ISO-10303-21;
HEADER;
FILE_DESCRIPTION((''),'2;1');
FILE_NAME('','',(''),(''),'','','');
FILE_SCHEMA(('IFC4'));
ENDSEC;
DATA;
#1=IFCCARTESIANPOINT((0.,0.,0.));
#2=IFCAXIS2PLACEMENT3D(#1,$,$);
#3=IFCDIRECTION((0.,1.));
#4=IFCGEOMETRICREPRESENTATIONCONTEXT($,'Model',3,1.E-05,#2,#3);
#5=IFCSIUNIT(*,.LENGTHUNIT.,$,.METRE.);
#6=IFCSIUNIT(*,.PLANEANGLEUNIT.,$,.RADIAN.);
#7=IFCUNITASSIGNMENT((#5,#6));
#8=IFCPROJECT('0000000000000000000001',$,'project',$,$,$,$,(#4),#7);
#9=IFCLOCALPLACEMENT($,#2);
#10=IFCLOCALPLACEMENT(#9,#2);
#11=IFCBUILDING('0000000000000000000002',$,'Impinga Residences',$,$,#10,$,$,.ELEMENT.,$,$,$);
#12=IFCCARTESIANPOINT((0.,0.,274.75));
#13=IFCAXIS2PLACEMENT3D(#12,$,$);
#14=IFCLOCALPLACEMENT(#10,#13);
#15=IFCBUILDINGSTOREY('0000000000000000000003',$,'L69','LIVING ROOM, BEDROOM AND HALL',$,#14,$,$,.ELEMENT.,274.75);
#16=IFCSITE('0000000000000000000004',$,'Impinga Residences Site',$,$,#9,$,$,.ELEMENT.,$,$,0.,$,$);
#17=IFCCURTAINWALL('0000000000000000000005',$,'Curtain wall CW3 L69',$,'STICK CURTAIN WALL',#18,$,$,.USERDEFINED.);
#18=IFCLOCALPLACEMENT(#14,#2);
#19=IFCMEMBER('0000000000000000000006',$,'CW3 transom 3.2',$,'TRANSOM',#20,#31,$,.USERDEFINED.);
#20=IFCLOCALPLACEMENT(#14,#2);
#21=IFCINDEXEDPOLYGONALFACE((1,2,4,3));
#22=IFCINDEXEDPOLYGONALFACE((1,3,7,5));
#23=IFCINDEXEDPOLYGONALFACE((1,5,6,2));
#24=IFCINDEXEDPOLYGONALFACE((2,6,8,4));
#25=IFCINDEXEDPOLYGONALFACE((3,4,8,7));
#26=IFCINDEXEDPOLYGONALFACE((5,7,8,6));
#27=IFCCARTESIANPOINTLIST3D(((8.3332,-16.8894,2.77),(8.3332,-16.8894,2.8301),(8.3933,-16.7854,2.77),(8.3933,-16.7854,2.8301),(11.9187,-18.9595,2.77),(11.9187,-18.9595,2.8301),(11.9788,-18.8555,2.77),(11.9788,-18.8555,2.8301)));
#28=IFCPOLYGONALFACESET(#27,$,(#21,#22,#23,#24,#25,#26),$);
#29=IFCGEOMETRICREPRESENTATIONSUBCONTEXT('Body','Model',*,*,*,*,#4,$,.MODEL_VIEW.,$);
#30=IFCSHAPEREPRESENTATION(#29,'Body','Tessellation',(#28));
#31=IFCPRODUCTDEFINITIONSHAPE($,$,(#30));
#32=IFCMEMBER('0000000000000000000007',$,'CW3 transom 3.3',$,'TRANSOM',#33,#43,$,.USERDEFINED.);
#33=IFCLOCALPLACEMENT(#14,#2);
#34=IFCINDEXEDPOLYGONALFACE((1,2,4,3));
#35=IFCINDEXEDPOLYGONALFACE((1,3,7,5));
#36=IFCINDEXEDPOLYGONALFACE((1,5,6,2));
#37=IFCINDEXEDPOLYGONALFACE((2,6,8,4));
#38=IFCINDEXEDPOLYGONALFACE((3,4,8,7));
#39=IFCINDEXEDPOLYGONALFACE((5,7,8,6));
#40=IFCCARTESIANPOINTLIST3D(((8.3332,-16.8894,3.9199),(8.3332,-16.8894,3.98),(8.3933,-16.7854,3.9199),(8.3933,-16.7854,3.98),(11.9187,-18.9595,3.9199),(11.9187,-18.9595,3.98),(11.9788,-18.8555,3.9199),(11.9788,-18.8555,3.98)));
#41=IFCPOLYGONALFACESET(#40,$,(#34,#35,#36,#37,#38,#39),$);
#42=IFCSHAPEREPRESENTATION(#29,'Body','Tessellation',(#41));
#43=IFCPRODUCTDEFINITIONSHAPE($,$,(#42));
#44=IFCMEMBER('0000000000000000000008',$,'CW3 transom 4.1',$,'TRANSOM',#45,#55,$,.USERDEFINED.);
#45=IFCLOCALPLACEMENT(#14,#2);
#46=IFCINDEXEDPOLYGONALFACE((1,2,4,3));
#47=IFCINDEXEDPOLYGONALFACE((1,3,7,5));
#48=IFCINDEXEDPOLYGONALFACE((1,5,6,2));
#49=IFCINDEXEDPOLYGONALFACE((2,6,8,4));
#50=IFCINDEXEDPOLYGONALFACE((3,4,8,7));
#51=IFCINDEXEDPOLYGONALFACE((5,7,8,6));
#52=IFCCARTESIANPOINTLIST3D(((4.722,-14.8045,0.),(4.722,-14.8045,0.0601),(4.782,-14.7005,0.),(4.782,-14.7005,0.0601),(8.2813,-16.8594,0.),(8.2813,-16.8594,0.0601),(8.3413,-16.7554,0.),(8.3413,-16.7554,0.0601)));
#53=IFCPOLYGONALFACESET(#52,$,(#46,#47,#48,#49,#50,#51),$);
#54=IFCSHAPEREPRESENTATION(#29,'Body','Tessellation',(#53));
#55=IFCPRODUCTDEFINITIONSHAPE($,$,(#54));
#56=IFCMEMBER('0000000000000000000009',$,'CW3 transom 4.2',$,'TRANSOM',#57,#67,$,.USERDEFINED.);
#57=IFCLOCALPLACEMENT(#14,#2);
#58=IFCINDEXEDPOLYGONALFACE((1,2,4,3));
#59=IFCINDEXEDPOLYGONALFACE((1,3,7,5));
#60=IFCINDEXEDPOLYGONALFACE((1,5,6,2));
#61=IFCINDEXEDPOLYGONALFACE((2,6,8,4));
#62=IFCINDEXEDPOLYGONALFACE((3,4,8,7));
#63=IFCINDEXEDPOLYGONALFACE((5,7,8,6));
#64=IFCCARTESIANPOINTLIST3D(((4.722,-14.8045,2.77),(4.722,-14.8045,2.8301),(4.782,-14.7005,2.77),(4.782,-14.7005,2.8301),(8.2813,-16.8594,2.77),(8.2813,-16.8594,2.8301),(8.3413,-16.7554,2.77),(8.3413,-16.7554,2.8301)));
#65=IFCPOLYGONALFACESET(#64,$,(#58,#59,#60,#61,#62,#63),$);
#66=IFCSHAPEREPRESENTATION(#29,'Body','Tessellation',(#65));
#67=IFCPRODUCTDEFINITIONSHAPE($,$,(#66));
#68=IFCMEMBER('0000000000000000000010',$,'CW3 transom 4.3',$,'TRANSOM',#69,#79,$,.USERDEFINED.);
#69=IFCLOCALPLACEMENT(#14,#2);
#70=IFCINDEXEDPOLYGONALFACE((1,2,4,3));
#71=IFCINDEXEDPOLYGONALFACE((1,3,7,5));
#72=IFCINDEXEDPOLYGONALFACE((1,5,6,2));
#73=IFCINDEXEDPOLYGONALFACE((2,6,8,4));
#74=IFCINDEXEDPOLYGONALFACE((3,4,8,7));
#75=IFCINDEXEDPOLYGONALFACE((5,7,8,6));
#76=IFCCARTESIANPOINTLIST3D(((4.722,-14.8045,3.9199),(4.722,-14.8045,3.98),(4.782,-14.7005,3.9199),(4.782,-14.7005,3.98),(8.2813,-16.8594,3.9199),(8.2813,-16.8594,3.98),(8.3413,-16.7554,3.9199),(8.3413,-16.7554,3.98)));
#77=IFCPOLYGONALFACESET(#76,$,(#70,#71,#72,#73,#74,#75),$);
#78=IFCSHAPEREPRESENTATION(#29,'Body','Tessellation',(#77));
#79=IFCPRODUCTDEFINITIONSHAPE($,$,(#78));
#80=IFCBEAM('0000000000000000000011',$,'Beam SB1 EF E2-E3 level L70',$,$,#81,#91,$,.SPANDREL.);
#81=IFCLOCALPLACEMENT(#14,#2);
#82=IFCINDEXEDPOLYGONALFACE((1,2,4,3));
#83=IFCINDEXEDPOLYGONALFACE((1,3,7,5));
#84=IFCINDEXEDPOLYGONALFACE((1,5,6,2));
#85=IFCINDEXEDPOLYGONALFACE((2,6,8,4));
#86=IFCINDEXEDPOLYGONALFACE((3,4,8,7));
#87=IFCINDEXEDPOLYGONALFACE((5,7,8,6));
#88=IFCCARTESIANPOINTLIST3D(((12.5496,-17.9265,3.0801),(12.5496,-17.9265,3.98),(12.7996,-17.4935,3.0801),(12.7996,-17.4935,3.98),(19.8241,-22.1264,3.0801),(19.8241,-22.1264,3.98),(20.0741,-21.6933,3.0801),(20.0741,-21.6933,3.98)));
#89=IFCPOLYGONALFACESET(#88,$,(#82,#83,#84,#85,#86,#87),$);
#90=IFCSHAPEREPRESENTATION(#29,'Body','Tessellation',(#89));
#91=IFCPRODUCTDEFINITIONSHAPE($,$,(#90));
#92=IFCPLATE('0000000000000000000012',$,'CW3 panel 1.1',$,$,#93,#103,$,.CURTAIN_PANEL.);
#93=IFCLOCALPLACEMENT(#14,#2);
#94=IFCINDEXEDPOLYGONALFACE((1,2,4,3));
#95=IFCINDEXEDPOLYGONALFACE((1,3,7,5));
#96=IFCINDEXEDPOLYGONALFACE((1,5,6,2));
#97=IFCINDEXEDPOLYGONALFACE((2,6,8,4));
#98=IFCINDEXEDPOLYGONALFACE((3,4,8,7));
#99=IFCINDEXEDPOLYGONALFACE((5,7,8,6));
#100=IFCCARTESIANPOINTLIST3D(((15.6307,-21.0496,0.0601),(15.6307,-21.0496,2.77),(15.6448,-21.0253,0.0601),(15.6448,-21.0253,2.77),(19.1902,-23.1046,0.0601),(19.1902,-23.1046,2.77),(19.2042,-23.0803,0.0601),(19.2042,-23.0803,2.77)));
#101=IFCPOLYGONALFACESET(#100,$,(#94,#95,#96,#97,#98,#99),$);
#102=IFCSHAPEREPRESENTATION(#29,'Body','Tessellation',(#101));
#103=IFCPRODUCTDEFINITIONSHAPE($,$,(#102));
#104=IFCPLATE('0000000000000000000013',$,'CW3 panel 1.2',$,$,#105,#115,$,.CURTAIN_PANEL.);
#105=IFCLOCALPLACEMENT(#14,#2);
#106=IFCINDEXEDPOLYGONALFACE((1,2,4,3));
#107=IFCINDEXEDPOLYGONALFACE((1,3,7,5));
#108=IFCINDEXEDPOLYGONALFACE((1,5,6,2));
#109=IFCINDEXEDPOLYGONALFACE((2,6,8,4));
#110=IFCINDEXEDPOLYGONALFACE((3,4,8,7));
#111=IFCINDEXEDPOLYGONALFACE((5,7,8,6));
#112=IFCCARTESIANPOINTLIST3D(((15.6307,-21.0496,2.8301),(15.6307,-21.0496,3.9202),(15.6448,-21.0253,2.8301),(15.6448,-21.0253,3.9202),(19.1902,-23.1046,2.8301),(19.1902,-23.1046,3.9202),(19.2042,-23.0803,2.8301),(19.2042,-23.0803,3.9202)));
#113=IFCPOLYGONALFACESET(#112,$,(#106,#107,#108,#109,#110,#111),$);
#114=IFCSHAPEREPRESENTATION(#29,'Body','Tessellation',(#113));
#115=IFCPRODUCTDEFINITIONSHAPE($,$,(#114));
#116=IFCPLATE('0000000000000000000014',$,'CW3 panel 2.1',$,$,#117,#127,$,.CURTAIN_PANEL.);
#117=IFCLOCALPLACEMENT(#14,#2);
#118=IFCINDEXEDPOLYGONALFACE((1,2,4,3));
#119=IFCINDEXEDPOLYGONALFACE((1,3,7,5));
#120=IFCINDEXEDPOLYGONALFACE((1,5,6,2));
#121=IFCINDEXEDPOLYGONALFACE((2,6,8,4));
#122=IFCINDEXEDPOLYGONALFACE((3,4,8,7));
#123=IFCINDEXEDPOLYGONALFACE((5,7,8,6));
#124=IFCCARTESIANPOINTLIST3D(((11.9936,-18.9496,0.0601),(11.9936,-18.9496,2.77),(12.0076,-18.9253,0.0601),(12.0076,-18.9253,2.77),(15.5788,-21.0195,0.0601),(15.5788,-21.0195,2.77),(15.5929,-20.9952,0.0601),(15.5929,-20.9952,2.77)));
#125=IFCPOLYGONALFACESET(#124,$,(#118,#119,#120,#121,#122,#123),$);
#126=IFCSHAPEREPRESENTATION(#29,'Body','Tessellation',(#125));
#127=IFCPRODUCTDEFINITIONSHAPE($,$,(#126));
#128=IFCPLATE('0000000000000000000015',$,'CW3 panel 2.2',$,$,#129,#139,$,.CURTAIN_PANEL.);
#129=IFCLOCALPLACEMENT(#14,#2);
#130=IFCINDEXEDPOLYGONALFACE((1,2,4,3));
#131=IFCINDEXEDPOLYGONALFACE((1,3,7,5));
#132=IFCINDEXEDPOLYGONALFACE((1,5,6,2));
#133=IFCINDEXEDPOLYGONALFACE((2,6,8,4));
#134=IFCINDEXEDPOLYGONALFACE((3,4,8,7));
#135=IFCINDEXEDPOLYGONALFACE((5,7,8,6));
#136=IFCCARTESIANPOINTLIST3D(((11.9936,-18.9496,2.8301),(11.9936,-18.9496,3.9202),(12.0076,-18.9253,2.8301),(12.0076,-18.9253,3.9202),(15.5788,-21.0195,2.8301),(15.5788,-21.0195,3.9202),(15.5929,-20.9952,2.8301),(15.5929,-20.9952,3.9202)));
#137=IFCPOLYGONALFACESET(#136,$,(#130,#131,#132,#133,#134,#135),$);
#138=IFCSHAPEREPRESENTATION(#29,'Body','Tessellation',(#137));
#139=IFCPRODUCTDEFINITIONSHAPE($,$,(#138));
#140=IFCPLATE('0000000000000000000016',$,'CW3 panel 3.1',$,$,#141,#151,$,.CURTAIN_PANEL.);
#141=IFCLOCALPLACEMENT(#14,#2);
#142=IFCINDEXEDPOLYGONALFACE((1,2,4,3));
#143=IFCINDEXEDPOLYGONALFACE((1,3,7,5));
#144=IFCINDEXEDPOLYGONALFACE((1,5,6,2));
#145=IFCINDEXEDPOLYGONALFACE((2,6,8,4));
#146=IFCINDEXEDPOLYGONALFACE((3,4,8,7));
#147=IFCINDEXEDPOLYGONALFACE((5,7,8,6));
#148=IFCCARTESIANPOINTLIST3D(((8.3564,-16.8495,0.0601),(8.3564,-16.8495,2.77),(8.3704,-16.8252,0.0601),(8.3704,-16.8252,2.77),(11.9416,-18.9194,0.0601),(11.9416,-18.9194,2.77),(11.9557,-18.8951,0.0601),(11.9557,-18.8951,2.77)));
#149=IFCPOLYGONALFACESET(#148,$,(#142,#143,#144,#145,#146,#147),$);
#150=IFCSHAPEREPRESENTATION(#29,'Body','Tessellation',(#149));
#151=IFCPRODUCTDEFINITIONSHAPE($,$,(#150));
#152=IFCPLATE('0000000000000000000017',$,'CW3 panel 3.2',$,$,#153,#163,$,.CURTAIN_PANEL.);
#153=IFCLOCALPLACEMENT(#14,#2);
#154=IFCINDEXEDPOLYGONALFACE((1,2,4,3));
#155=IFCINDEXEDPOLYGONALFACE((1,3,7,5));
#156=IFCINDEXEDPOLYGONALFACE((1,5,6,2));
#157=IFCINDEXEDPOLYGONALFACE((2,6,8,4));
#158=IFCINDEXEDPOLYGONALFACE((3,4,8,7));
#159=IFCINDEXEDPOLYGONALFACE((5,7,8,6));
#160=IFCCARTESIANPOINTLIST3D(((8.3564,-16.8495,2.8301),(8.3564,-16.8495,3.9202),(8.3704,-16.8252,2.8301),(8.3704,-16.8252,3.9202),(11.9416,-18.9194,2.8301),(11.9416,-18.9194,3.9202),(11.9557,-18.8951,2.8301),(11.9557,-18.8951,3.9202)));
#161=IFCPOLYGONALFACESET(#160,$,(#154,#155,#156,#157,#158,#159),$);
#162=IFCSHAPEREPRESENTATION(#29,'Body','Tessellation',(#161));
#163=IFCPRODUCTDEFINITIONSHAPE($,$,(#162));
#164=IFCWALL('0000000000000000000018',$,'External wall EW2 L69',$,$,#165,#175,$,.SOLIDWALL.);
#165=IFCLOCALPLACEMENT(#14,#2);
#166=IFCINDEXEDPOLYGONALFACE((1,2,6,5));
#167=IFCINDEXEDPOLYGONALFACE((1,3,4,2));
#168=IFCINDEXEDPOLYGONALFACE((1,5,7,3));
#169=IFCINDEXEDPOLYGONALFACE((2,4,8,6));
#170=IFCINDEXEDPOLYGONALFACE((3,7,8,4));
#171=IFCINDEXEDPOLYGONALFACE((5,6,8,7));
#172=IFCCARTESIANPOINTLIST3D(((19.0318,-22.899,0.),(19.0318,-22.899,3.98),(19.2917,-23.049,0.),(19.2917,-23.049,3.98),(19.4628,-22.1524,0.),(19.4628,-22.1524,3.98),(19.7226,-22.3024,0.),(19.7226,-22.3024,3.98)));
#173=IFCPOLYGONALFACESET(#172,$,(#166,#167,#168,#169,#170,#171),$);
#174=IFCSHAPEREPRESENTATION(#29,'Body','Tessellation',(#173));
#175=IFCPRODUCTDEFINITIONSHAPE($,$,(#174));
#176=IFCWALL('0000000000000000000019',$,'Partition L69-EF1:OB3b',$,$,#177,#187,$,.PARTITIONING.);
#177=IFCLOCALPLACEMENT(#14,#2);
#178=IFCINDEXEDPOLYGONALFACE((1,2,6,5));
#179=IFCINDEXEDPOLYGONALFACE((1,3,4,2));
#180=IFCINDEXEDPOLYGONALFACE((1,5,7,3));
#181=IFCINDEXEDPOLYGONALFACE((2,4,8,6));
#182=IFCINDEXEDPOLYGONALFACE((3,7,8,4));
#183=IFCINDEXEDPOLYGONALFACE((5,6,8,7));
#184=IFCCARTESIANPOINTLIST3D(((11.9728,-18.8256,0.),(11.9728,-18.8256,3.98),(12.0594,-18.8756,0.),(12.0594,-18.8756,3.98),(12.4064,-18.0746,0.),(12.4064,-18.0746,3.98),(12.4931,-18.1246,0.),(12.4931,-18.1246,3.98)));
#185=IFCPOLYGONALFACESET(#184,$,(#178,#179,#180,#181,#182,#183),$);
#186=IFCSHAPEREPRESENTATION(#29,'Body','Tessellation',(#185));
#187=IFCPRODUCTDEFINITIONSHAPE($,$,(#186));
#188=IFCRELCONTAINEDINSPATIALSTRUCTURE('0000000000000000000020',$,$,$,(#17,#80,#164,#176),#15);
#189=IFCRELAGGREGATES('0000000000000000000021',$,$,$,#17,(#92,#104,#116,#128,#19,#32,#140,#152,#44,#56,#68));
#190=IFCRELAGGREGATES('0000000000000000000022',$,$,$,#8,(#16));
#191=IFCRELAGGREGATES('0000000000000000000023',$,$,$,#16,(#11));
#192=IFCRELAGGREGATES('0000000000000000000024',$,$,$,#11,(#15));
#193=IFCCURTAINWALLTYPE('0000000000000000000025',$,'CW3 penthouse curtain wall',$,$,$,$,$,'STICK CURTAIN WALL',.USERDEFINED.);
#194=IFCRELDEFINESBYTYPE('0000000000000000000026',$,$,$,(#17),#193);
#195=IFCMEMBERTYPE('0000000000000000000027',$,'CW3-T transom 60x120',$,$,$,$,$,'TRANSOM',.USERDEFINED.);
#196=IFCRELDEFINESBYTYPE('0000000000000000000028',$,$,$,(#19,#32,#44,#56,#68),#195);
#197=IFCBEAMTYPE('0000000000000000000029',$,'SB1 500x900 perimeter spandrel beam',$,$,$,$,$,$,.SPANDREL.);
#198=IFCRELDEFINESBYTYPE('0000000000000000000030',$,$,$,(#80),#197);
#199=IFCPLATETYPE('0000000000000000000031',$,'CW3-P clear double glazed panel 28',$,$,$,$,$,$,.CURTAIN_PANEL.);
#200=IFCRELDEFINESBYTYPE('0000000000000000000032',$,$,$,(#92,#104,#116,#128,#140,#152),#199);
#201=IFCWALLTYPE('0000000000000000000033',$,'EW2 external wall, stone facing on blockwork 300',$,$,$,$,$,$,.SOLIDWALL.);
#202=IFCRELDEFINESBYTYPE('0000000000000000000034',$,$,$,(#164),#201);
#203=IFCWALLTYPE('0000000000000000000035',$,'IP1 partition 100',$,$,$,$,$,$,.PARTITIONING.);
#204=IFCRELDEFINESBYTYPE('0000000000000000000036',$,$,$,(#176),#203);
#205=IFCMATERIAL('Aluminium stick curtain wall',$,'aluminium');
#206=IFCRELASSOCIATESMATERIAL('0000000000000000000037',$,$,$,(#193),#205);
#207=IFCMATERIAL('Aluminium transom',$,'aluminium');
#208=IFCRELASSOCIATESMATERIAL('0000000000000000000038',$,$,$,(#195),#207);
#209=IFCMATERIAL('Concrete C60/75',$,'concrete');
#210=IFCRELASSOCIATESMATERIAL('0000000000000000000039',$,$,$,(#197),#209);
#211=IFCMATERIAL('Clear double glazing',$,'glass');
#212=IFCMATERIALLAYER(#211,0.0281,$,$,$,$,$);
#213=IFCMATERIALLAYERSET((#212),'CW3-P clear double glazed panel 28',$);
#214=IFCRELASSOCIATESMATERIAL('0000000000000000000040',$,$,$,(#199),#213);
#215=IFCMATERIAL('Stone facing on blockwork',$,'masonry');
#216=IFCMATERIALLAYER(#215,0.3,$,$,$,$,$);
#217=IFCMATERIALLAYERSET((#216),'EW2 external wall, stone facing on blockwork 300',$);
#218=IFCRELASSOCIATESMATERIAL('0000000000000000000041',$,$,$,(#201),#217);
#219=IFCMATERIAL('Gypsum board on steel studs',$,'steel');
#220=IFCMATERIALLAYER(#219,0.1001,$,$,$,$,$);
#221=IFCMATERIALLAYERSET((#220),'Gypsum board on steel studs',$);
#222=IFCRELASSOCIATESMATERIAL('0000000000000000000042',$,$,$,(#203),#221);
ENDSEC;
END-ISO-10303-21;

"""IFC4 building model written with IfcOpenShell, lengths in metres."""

from ifc_helpers import new_model, si_unit, direction, frame, frame_2d, origin, origin_2d, place, context, subcontext, project, spatial, rectangle, extrude, material, layer, layer_set, material_profile, profile_set, type_object, element, aggregate, save


model = new_model("IFC4")

# Units and contexts
model_context = context("Model", 3, precision=1e-05, world=origin(), true_north=direction((0.0, 1.0)))
body_context = subcontext(model_context, "Body", "Model", "MODEL_VIEW")
ifc_project = project(units=[si_unit("LENGTHUNIT", "METRE"), si_unit("PLANEANGLEUNIT", "RADIAN")], contexts=[model_context])

# Site, building, storey
site_placement = place(None, origin())
site = spatial("IfcSite", under=ifc_project, at=site_placement, Name="Impinga Residences Site", CompositionType="ELEMENT", RefElevation=0.0)
building_placement = place(site_placement, origin())
building = spatial("IfcBuilding", under=site, at=building_placement, Name="Impinga Residences", CompositionType="ELEMENT")
storey_placement = place(building_placement, frame((0.0, 0.0, 274.75)))
storey = spatial("IfcBuildingStorey", under=building, at=storey_placement, Name="L69", Description="LIVING ROOM, BEDROOM AND HALL", CompositionType="ELEMENT", Elevation=274.75)

# Shared definitions
ifc_material_1 = material(Name="Concrete C60/75", Category="concrete")

# Curtain wall, members
ifc_material_2 = material(Name="Aluminium stick curtain wall", Category="aluminium")
curtain_wall_type = type_object("IfcCurtainWallType", Name="CW3 penthouse curtain wall", ElementType="STICK CURTAIN WALL", PredefinedType="USERDEFINED", material=ifc_material_2)
curtain_wall_placement = place(storey_placement, origin())
curtain_wall = element("IfcCurtainWall", 1, at=curtain_wall_placement, inside=storey, type_object=curtain_wall_type, Name="Curtain wall CW3 L69", ObjectType="STICK CURTAIN WALL", PredefinedType="USERDEFINED")
ifc_material_3 = material(Name="Aluminium transom", Category="aluminium")
ifc_material_profile_1 = material_profile(ifc_material_3, rectangle(XDim=0.0601, YDim=0.1201, at=origin_2d()), Name="60x120 transom")
ifc_profile_set_1 = profile_set([ifc_material_profile_1], Name="Aluminium transom")
member_type_1 = type_object("IfcMemberType", Name="CW3-T transom 60x120", ElementType="TRANSOM", PredefinedType="USERDEFINED", material=ifc_profile_set_1)
member_1_placement = place(storey_placement, frame((11.9487, -18.9075, 2.8), z_axis=(-0.866025, 0.500002, 0.0), x_axis=(0.0, 0.0, 1.0)))
member_1 = element("IfcMember", 2, at=member_1_placement, type_object=member_type_1, Name="CW3 transom 3.2", ObjectType="TRANSOM", PredefinedType="USERDEFINED", context=body_context, shape_type="SweptSolid", body=[
    extrude(rectangle(XDim=0.0601, YDim=0.1201, at=origin_2d()), origin(), (0.0, 0.0, 1.0), 4.1401),
])
member_2_placement = place(storey_placement, frame((11.9487, -18.9075, 3.95), z_axis=(-0.866025, 0.500002, 0.0), x_axis=(0.0, 0.0, 1.0)))
member_2 = element("IfcMember", 3, at=member_2_placement, type_object=member_type_1, Name="CW3 transom 3.3", ObjectType="TRANSOM", PredefinedType="USERDEFINED", context=body_context, shape_type="SweptSolid", body=[
    extrude(rectangle(XDim=0.0601, YDim=0.1201, at=origin_2d()), origin(), (0.0, 0.0, 1.0), 4.1401),
])
member_3_placement = place(storey_placement, frame((8.3113, -16.8074, 0.03), z_axis=(-0.86603, 0.499992, 0.0), x_axis=(0.0, 0.0, 1.0)))
member_3 = element("IfcMember", 4, at=member_3_placement, type_object=member_type_1, Name="CW3 transom 4.1", ObjectType="TRANSOM", PredefinedType="USERDEFINED", context=body_context, shape_type="SweptSolid", body=[
    extrude(rectangle(XDim=0.0601, YDim=0.1201, at=origin_2d()), origin(), (0.0, 0.0, 1.0), 4.1099),
])
member_4_placement = place(storey_placement, frame((8.3113, -16.8074, 2.8), z_axis=(-0.86603, 0.499992, 0.0), x_axis=(0.0, 0.0, 1.0)))
member_4 = element("IfcMember", 5, at=member_4_placement, type_object=member_type_1, Name="CW3 transom 4.2", ObjectType="TRANSOM", PredefinedType="USERDEFINED", context=body_context, shape_type="SweptSolid", body=[
    extrude(rectangle(XDim=0.0601, YDim=0.1201, at=origin_2d()), origin(), (0.0, 0.0, 1.0), 4.1099),
])
member_5_placement = place(storey_placement, frame((8.3113, -16.8074, 3.95), z_axis=(-0.86603, 0.499992, 0.0), x_axis=(0.0, 0.0, 1.0)))
member_5 = element("IfcMember", 6, at=member_5_placement, type_object=member_type_1, Name="CW3 transom 4.3", ObjectType="TRANSOM", PredefinedType="USERDEFINED", context=body_context, shape_type="SweptSolid", body=[
    extrude(rectangle(XDim=0.0601, YDim=0.1201, at=origin_2d()), origin(), (0.0, 0.0, 1.0), 4.1099),
])

# Beam
ifc_material_profile_2 = material_profile(ifc_material_1, rectangle(XDim=0.5, YDim=0.8999, at=origin_2d()), Name="RC 500x900")
ifc_profile_set_2 = profile_set([ifc_material_profile_2], Name="Concrete C60/75")
beam_type_1 = type_object("IfcBeamType", Name="SB1 500x900 perimeter spandrel beam", PredefinedType="SPANDREL", material=ifc_profile_set_2)
beam_1_placement = place(storey_placement, frame((12.6746, -17.71, 3.53), z_axis=(0.866029, -0.499993, 0.0), x_axis=(0.499993, 0.866029, 0.0)))
element("IfcBeam", 7, at=beam_1_placement, inside=storey, type_object=beam_type_1, Name="Beam SB1 EF E2-E3 level L70", PredefinedType="SPANDREL", context=body_context, shape_type="SweptSolid", body=[
    extrude(rectangle(XDim=0.5, YDim=0.8999, at=origin_2d()), origin(), (0.0, 0.0, 1.0), 8.3999),
])

# Plates
ifc_material_4 = material(Name="Clear double glazing", Category="glass")
ifc_layer_1 = layer(ifc_material_4, 0.0281)
ifc_layer_set_1 = layer_set([ifc_layer_1], Name="CW3-P clear double glazed panel 28")
plate_type = type_object("IfcPlateType", Name="CW3-P clear double glazed panel 28", PredefinedType="CURTAIN_PANEL", material=ifc_layer_set_1)
plate_1_placement = place(storey_placement, frame((17.4175, -22.0649, 0.0601), z_axis=(0.0, 0.0, 1.0), x_axis=(-0.866025, 0.5, 0.0)))
plate_1 = element("IfcPlate", 8, at=plate_1_placement, type_object=plate_type, Name="CW3 panel 1.1", PredefinedType="CURTAIN_PANEL", context=body_context, shape_type="SweptSolid", body=[
    extrude(rectangle(XDim=4.1101, YDim=0.0281, at=origin_2d()), origin(), (0.0, 0.0, 1.0), 2.71),
])
plate_2_placement = place(storey_placement, frame((17.4175, -22.0649, 2.8301), z_axis=(0.0, 0.0, 1.0), x_axis=(-0.866025, 0.5, 0.0)))
plate_2 = element("IfcPlate", 9, at=plate_2_placement, type_object=plate_type, Name="CW3 panel 1.2", PredefinedType="CURTAIN_PANEL", context=body_context, shape_type="SweptSolid", body=[
    extrude(rectangle(XDim=4.1101, YDim=0.0281, at=origin_2d()), origin(), (0.0, 0.0, 1.0), 1.0901),
])
plate_3_placement = place(storey_placement, frame((13.7932, -19.9724, 0.0601), z_axis=(0.0, 0.0, 1.0), x_axis=(-0.866025, 0.5, 0.0)))
plate_3 = element("IfcPlate", 10, at=plate_3_placement, type_object=plate_type, Name="CW3 panel 2.1", PredefinedType="CURTAIN_PANEL", context=body_context, shape_type="SweptSolid", body=[
    extrude(rectangle(XDim=4.1399, YDim=0.0281, at=origin_2d()), origin(), (0.0, 0.0, 1.0), 2.71),
])
plate_4_placement = place(storey_placement, frame((13.7932, -19.9724, 2.8301), z_axis=(0.0, 0.0, 1.0), x_axis=(-0.866025, 0.5, 0.0)))
plate_4 = element("IfcPlate", 11, at=plate_4_placement, type_object=plate_type, Name="CW3 panel 2.2", PredefinedType="CURTAIN_PANEL", context=body_context, shape_type="SweptSolid", body=[
    extrude(rectangle(XDim=4.1399, YDim=0.0281, at=origin_2d()), origin(), (0.0, 0.0, 1.0), 1.0901),
])
plate_5_placement = place(storey_placement, frame((10.156, -17.8723, 0.0601), z_axis=(0.0, 0.0, 1.0), x_axis=(-0.866025, 0.5, 0.0)))
plate_5 = element("IfcPlate", 12, at=plate_5_placement, type_object=plate_type, Name="CW3 panel 3.1", PredefinedType="CURTAIN_PANEL", context=body_context, shape_type="SweptSolid", body=[
    extrude(rectangle(XDim=4.1399, YDim=0.0281, at=origin_2d()), origin(), (0.0, 0.0, 1.0), 2.71),
])
plate_6_placement = place(storey_placement, frame((10.156, -17.8723, 2.8301), z_axis=(0.0, 0.0, 1.0), x_axis=(-0.866025, 0.5, 0.0)))
plate_6 = element("IfcPlate", 13, at=plate_6_placement, type_object=plate_type, Name="CW3 panel 3.2", PredefinedType="CURTAIN_PANEL", context=body_context, shape_type="SweptSolid", body=[
    extrude(rectangle(XDim=4.1399, YDim=0.0281, at=origin_2d()), origin(), (0.0, 0.0, 1.0), 1.0901),
])
aggregate(curtain_wall, [plate_1, plate_2, plate_3, plate_4, member_1, member_2, plate_5, plate_6, member_3, member_4, member_5])

# Walls
ifc_material_5 = material(Name="Stone facing on blockwork", Category="masonry")
ifc_layer_2 = layer(ifc_material_5, 0.3)
ifc_layer_set_2 = layer_set([ifc_layer_2], Name="EW2 external wall, stone facing on blockwork 300")
wall_type_1 = type_object("IfcWallType", Name="EW2 external wall, stone facing on blockwork 300", PredefinedType="SOLIDWALL", material=ifc_layer_set_2)
wall_1_placement = place(storey_placement, frame((19.5928, -22.2273, 0.0), z_axis=(0.0, 0.0, 1.0), x_axis=(-0.499886, -0.866091, 0.0)))
element("IfcWall", 14, at=wall_1_placement, inside=storey, type_object=wall_type_1, Name="External wall EW2 L69", PredefinedType="SOLIDWALL", context=body_context, shape_type="SweptSolid", body=[
    extrude(rectangle(XDim=0.8621, YDim=0.3, at=frame_2d((0.4312, 0.0))), origin(), (0.0, 0.0, 1.0), 3.98),
])
ifc_material_6 = material(Name="Gypsum board on steel studs", Category="steel")
ifc_layer_3 = layer(ifc_material_6, 0.1001)
ifc_layer_set_3 = layer_set([ifc_layer_3], Name="Gypsum board on steel studs")
wall_type_2 = type_object("IfcWallType", Name="IP1 partition 100", PredefinedType="PARTITIONING", material=ifc_layer_set_3)
wall_2_placement = place(storey_placement, frame((12.4497, -18.0996, 0.0), z_axis=(0.0, 0.0, 1.0), x_axis=(-0.500015, -0.866017, 0.0)))
element("IfcWall", 15, at=wall_2_placement, inside=storey, type_object=wall_type_2, Name="Partition L69-EF1:OB3b", PredefinedType="PARTITIONING", context=body_context, shape_type="SweptSolid", body=[
    extrude(rectangle(XDim=0.8672, YDim=0.1001, at=frame_2d((0.4336, 0.0))), origin(), (0.0, 0.0, 1.0), 3.98),
])

save(model, "model.ifc")
